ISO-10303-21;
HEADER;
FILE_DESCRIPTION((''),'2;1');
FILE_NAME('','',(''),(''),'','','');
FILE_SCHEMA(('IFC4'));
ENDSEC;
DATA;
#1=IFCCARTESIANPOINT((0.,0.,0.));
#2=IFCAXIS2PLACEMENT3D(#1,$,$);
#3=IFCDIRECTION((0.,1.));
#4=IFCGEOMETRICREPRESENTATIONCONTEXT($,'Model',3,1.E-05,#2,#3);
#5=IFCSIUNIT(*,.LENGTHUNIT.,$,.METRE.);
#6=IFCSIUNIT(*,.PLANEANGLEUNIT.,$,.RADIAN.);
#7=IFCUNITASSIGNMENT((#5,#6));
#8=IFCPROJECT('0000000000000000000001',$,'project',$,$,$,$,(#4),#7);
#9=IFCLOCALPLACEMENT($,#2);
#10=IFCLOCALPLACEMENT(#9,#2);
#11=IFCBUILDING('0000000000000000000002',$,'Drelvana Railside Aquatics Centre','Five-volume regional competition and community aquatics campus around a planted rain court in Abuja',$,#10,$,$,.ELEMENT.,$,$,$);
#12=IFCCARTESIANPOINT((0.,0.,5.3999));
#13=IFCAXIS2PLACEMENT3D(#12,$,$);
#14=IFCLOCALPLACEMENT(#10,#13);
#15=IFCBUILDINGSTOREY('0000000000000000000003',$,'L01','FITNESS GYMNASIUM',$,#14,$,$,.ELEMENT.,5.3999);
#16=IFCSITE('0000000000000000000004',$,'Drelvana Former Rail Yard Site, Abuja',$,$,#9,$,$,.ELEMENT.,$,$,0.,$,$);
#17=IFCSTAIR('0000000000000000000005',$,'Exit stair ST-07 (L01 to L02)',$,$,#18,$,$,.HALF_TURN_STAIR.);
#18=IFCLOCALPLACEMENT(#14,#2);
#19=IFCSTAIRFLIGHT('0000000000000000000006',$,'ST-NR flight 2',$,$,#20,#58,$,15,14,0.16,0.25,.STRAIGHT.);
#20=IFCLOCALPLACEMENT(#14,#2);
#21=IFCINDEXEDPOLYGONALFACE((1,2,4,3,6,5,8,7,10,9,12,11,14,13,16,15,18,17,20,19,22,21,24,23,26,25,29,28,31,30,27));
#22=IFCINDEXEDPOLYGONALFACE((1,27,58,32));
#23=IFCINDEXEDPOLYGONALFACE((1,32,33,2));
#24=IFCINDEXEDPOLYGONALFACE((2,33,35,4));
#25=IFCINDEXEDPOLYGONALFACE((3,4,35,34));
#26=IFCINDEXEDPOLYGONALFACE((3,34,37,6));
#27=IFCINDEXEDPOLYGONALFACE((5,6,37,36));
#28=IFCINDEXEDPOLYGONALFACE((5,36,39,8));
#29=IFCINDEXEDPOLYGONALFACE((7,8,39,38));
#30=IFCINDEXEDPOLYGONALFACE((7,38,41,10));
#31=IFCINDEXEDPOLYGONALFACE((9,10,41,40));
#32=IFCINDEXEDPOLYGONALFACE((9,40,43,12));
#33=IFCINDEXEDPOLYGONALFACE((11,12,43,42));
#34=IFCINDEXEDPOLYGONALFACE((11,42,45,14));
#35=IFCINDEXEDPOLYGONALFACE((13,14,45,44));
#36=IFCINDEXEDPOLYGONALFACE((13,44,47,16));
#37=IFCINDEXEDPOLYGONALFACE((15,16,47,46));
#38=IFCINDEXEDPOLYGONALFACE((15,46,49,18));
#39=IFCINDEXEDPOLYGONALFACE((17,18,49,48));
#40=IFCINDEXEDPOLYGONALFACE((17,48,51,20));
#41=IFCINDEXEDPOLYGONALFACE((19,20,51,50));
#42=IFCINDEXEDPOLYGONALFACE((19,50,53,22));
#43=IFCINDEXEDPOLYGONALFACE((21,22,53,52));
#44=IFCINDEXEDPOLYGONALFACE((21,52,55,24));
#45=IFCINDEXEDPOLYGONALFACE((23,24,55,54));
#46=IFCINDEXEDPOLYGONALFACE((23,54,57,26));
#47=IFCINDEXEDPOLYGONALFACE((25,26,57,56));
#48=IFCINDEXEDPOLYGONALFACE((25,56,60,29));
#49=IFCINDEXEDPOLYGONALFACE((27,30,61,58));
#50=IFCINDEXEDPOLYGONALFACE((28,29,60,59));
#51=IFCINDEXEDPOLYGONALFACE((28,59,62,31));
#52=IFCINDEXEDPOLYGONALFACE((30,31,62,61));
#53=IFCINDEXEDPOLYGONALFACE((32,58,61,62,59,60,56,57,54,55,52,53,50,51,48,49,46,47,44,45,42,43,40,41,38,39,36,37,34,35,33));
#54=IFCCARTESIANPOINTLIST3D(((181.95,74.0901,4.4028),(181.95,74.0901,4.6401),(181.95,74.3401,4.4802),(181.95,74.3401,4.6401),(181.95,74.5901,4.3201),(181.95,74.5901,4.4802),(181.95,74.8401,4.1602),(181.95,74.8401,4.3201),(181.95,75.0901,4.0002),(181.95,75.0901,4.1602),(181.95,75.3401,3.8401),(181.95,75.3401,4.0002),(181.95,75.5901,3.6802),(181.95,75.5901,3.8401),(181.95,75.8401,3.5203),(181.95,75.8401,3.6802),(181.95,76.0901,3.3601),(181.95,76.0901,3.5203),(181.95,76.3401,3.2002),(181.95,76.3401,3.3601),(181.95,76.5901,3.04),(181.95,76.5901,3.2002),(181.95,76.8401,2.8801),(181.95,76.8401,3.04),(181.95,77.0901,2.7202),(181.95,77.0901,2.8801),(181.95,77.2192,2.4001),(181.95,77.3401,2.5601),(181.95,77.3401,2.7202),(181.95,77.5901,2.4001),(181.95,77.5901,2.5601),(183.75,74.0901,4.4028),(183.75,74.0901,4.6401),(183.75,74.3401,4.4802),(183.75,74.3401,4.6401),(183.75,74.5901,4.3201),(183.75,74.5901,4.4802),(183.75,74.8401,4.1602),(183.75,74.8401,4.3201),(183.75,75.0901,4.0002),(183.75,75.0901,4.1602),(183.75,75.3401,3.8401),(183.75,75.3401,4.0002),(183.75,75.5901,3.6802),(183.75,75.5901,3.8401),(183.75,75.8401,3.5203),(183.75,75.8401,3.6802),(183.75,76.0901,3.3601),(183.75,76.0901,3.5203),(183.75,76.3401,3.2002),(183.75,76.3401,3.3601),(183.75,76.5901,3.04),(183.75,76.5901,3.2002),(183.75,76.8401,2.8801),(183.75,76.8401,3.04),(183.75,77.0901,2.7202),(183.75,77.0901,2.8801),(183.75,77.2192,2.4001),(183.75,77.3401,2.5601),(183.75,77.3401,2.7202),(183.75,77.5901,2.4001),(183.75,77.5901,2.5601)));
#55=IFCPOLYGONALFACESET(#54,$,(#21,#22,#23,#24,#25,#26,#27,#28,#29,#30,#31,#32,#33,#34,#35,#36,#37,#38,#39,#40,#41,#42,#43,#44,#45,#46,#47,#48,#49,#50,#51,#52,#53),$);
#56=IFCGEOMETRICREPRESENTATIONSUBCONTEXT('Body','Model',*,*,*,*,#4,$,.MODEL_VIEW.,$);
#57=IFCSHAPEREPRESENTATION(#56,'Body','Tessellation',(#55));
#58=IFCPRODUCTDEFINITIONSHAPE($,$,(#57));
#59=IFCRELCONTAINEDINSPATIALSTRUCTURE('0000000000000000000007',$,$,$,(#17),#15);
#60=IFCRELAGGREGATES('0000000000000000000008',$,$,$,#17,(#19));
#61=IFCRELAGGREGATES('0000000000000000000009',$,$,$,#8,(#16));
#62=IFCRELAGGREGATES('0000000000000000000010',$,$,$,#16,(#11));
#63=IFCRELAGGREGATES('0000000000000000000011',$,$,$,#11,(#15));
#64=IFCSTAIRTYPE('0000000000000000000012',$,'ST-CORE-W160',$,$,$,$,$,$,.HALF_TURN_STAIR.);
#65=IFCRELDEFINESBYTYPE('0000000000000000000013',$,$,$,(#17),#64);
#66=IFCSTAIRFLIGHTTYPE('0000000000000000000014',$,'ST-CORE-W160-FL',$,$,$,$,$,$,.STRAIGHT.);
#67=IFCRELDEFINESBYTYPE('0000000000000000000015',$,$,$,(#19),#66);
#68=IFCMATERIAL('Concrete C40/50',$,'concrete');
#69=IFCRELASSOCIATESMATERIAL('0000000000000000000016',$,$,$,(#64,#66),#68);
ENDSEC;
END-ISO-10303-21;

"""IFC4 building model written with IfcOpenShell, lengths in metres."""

from ifc_helpers import new_model, si_unit, direction, frame, origin, place, context, subcontext, project, spatial, polyline, outline, extrude, material, type_object, element, aggregate, save


model = new_model("IFC4")

# Units and contexts
model_context = context("Model", 3, precision=1e-05, world=origin(), true_north=direction((0.0, 1.0)))
body_context = subcontext(model_context, "Body", "Model", "MODEL_VIEW")
ifc_project = project(units=[si_unit("LENGTHUNIT", "METRE"), si_unit("PLANEANGLEUNIT", "RADIAN")], contexts=[model_context])

# Site, building, storey
site_placement = place(None, origin())
site = spatial("IfcSite", under=ifc_project, at=site_placement, Name="Drelvana Former Rail Yard Site, Abuja", CompositionType="ELEMENT", RefElevation=0.0)
building_placement = place(site_placement, origin())
building = spatial("IfcBuilding", under=site, at=building_placement, Name="Drelvana Railside Aquatics Centre", Description="Five-volume regional competition and community aquatics campus around a planted rain court in Abuja", CompositionType="ELEMENT")
storey_placement = place(building_placement, frame((0.0, 0.0, 5.3999)))
storey = spatial("IfcBuildingStorey", under=building, at=storey_placement, Name="L01", Description="FITNESS GYMNASIUM", CompositionType="ELEMENT", Elevation=5.3999)

# Shared definitions
ifc_material_1 = material(Name="Concrete C40/50", Category="concrete")

# Stair, stair flight
stair_type = type_object("IfcStairType", Name="ST-CORE-W160", PredefinedType="HALF_TURN_STAIR", material=ifc_material_1)
stair_placement = place(storey_placement, origin())
stair = element("IfcStair", 1, at=stair_placement, inside=storey, type_object=stair_type, Name="Exit stair ST-07 (L01 to L02)", PredefinedType="HALF_TURN_STAIR")
stair_flight_type = type_object("IfcStairFlightType", Name="ST-CORE-W160-FL", PredefinedType="STRAIGHT", material=ifc_material_1)
stair_flight_1_placement = place(storey_placement, frame((182.8501, 77.5901, 2.4001), z_axis=(0.0, 0.0, 1.0), x_axis=(0.0, -1.0, 0.0)))
stair_flight_1 = element("IfcStairFlight", 2, at=stair_flight_1_placement, type_object=stair_flight_type, Name="ST-NR flight 2", NumberOfRisers=15, NumberOfTreads=14, PredefinedType="STRAIGHT", RiserHeight=0.16, TreadLength=0.25, context=body_context, shape_type="SweptSolid", body=[
    extrude(outline(polyline([(0.0, 0.0), (0.0, 0.1599), (0.25, 0.1599), (0.25, 0.3201), (0.5, 0.3201), (0.5, 0.48), (0.75, 0.48), (0.75, 0.6399), (1.0, 0.6399), (1.0, 0.8), (1.25, 0.8), (1.25, 0.96), (1.5, 0.96), (1.5, 1.1201), (1.75, 1.1201), (1.75, 1.28), (2.0, 1.28), (2.0, 1.4399), (2.25, 1.4399), (2.25, 1.6001), (2.5, 1.6001), (2.5, 1.76), (2.75, 1.76), (2.75, 1.9199), (3.0, 1.9199), (3.0, 2.0801), (3.25, 2.0801), (3.25, 2.24), (3.5, 2.24), (3.5, 2.3999), (3.5, 2.0027), (0.3708, 0.0), (0.0, 0.0)])), frame((0.0, 0.8999, 0.0), z_axis=(0.0, -1.0, 0.0), x_axis=(1.0, 0.0, 0.0)), (0.0, 0.0, 1.0), 1.8),
])
aggregate(stair, [stair_flight_1])

save(model, "model.ifc")
